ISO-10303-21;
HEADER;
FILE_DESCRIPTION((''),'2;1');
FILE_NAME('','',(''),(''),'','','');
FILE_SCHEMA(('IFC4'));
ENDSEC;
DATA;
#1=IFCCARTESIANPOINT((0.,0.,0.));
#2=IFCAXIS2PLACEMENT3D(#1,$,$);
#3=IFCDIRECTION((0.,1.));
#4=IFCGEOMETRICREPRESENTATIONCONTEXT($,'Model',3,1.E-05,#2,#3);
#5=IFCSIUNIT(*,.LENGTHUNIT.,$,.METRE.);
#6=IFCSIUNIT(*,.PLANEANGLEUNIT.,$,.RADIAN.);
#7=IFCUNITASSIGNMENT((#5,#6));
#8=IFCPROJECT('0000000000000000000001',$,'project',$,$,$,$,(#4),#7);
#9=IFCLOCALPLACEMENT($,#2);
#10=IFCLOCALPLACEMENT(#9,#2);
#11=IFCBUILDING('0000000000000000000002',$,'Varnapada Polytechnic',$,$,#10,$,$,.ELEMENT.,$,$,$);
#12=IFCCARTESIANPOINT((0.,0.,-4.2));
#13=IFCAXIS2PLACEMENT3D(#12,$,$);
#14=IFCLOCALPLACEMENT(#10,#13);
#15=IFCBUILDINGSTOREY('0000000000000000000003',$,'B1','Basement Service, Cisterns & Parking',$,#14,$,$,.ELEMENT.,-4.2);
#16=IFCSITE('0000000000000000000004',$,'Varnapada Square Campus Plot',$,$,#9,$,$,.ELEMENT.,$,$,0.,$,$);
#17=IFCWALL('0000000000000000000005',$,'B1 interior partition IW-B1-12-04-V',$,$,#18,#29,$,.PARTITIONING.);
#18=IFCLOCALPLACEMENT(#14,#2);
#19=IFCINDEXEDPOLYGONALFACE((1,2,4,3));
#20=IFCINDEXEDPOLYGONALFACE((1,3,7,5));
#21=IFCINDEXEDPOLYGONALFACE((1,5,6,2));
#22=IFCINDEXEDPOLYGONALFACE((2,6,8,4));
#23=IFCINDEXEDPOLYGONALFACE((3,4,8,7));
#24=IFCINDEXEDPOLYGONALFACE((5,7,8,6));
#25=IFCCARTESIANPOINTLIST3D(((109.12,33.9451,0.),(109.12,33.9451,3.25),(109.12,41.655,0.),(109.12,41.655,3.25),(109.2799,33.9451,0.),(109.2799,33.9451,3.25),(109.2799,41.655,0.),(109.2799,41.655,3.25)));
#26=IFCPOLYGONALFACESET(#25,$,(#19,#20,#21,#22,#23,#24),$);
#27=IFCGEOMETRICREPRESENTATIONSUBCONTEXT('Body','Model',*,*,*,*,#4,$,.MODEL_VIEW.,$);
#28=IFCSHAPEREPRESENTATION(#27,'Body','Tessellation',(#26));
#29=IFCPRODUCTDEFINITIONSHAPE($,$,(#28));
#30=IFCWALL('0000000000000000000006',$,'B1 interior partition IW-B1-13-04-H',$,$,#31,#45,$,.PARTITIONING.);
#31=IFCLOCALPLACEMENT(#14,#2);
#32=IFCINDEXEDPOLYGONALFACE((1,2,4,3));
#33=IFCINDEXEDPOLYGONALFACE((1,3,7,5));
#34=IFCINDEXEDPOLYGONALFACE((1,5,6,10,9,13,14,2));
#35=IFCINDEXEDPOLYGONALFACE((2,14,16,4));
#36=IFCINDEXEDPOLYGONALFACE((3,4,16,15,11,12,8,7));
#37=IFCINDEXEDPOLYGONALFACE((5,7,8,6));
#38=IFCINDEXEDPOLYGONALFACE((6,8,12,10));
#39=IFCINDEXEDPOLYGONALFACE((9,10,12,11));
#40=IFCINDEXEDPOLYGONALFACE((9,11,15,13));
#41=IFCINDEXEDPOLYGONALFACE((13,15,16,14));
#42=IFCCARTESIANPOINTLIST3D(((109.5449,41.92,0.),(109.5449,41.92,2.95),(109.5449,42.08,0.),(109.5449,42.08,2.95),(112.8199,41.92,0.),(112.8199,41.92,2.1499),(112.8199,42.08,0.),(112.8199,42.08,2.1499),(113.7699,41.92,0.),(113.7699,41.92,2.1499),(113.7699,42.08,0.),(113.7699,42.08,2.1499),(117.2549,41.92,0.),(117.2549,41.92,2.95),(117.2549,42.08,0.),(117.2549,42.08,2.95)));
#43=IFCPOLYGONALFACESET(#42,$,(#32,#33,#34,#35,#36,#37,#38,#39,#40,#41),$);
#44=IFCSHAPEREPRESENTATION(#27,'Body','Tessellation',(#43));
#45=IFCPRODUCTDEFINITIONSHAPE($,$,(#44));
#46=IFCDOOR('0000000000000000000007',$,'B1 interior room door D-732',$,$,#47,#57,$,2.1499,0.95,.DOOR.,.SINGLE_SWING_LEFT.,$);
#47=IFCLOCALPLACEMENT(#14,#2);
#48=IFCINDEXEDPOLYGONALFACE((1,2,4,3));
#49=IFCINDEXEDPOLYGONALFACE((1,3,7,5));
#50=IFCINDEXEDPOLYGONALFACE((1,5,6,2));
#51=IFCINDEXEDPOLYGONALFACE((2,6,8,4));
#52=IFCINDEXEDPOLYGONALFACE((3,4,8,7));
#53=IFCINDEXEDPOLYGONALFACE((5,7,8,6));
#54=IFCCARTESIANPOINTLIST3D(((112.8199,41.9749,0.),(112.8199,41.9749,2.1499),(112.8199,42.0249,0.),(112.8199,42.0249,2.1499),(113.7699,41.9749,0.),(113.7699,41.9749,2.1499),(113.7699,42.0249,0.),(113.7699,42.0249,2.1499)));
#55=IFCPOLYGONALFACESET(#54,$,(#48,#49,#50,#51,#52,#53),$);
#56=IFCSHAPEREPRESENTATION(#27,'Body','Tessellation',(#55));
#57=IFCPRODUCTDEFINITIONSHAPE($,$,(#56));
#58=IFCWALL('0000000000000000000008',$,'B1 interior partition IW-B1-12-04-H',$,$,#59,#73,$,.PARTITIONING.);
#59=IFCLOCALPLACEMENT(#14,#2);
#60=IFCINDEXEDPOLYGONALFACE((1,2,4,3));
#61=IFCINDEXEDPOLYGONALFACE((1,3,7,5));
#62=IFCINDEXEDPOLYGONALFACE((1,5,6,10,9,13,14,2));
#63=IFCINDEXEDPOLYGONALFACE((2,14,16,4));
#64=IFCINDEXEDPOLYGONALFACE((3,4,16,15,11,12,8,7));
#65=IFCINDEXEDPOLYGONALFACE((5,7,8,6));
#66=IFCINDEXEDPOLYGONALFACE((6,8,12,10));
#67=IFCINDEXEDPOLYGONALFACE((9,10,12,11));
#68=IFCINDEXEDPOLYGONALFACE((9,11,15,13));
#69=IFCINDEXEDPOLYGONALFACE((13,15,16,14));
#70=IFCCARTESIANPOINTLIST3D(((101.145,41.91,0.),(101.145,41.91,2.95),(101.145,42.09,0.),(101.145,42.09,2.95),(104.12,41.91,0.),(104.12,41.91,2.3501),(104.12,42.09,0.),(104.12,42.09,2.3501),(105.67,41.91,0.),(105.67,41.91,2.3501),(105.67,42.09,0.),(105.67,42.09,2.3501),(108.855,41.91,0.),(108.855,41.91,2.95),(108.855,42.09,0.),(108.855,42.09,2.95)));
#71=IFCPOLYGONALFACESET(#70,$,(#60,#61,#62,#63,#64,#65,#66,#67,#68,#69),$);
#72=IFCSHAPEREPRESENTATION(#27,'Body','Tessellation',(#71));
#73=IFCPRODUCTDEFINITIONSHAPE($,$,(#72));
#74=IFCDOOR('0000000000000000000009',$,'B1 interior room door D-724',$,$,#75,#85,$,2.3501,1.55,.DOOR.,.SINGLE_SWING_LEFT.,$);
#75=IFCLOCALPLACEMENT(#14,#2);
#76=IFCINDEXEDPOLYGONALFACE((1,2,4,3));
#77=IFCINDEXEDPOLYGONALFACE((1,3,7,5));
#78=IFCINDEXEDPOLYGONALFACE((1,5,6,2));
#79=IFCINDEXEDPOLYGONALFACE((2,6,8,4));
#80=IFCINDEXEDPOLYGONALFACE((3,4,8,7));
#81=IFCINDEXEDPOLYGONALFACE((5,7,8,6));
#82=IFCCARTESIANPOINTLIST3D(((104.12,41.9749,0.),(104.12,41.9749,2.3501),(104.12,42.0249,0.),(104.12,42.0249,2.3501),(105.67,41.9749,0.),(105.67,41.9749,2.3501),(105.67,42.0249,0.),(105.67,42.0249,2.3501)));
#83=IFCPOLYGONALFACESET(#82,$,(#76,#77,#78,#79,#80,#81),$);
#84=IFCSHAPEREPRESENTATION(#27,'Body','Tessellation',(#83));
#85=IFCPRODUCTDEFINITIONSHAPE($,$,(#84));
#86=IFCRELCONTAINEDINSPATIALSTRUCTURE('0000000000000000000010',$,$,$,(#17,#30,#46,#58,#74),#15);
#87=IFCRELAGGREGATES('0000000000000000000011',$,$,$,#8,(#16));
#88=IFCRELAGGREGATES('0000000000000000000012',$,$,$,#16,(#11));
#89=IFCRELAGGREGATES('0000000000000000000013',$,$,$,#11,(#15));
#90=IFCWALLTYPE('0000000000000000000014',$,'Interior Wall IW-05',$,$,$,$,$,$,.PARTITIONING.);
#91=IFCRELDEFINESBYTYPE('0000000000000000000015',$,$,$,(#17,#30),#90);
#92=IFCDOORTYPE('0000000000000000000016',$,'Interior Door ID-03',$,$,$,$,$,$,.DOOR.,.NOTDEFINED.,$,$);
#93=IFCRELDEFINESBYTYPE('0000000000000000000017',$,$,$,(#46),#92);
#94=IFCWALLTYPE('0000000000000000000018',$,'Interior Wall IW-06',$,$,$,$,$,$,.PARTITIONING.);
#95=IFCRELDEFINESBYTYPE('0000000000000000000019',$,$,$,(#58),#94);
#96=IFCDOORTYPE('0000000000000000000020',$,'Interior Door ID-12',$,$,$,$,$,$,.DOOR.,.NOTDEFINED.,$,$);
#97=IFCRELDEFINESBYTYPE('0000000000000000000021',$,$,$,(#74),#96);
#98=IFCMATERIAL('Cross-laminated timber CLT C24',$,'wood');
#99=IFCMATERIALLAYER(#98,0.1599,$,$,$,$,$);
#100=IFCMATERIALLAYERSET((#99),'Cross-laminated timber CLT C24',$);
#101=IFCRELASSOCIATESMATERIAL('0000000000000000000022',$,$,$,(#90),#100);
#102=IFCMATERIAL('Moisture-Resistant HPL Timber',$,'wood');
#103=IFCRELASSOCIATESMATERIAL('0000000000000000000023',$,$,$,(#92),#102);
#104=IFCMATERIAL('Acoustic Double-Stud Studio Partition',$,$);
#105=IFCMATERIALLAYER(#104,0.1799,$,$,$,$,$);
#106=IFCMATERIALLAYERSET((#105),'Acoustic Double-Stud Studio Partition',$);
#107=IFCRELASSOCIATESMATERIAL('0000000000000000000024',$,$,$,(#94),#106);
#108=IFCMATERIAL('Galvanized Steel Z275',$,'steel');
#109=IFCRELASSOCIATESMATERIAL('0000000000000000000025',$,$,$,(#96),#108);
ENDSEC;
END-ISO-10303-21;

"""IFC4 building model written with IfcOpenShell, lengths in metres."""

from ifc_helpers import new_model, si_unit, direction, frame, frame_2d, origin, place, context, subcontext, project, spatial, rectangle, extrude, material, layer, layer_set, type_object, element, fill, save


model = new_model("IFC4")

# Units and contexts
model_context = context("Model", 3, precision=1e-05, world=origin(), true_north=direction((0.0, 1.0)))
body_context = subcontext(model_context, "Body", "Model", "MODEL_VIEW")
ifc_project = project(units=[si_unit("LENGTHUNIT", "METRE"), si_unit("PLANEANGLEUNIT", "RADIAN")], contexts=[model_context])

# Site, building, storey
site_placement = place(None, origin())
site = spatial("IfcSite", under=ifc_project, at=site_placement, Name="Varnapada Square Campus Plot", CompositionType="ELEMENT", RefElevation=0.0)
building_placement = place(site_placement, origin())
building = spatial("IfcBuilding", under=site, at=building_placement, Name="Varnapada Polytechnic", CompositionType="ELEMENT")
storey_placement = place(building_placement, frame((0.0, 0.0, -4.2)))
storey = spatial("IfcBuildingStorey", under=building, at=storey_placement, Name="B1", Description="Basement Service, Cisterns & Parking", CompositionType="ELEMENT", Elevation=-4.2)

# Wall
ifc_material_1 = material(Name="Cross-laminated timber CLT C24", Category="wood")
ifc_layer_1 = layer(ifc_material_1, 0.1599)
ifc_layer_set_1 = layer_set([ifc_layer_1], Name="Cross-laminated timber CLT C24")
wall_type_1 = type_object("IfcWallType", Name="Interior Wall IW-05", PredefinedType="PARTITIONING", material=ifc_layer_set_1)
wall_1_placement = place(storey_placement, frame((109.2, 33.9451, 0.0), z_axis=(0.0, 0.0, 1.0), x_axis=(0.0, 1.0, 0.0)))
element("IfcWall", 1, at=wall_1_placement, inside=storey, type_object=wall_type_1, Name="B1 interior partition IW-B1-12-04-V", PredefinedType="PARTITIONING", context=body_context, shape_type="SweptSolid", body=[
    extrude(rectangle(XDim=7.71, YDim=0.1599, at=frame_2d((3.855, 0.0))), origin(), (0.0, 0.0, 1.0), 3.25),
])

# Walls, openings, doors
wall_2_placement = place(storey_placement, frame((109.5449, 42.0, 0.0), z_axis=(0.0, 0.0, 1.0), x_axis=(1.0, 0.0, 0.0)))
wall_2 = element("IfcWall", 2, at=wall_2_placement, inside=storey, type_object=wall_type_1, Name="B1 interior partition IW-B1-13-04-H", PredefinedType="PARTITIONING", context=body_context, shape_type="SweptSolid", body=[
    extrude(rectangle(XDim=7.71, YDim=0.1599, at=frame_2d((3.855, 0.0))), origin(), (0.0, 0.0, 1.0), 2.95),
])
opening_1_placement = place(wall_2_placement, frame((3.2749, 0.0, 0.0)))
opening_1 = element("IfcOpeningElement", 3, at=opening_1_placement, cuts=wall_2, PredefinedType="OPENING", context=body_context, shape_type="SweptSolid", body=[
    extrude(rectangle(XDim=0.95, YDim=2.1499, at=frame_2d((0.4751, 1.075))), frame((0.0, 0.0898, 0.0), z_axis=(0.0, -1.0, 0.0), x_axis=(1.0, 0.0, 0.0)), (0.0, 0.0, 1.0), 0.1799),
])
ifc_material_2 = material(Name="Moisture-Resistant HPL Timber", Category="wood")
door_type_1 = type_object("IfcDoorType", Name="Interior Door ID-03", OperationType="NOTDEFINED", PredefinedType="DOOR", material=ifc_material_2)
door_1_placement = place(opening_1_placement, origin())
door_1 = element("IfcDoor", 4, at=door_1_placement, inside=storey, type_object=door_type_1, Name="B1 interior room door D-732", OperationType="SINGLE_SWING_LEFT", OverallHeight=2.1499, OverallWidth=0.95, PredefinedType="DOOR", context=body_context, shape_type="SweptSolid", body=[
    extrude(rectangle(XDim=0.95, YDim=2.1499, at=frame_2d((0.4751, 1.075))), frame((0.0, 0.0249, 0.0), z_axis=(0.0, -1.0, 0.0), x_axis=(1.0, 0.0, 0.0)), (0.0, 0.0, 1.0), 0.05),
])
fill(opening_1, door_1)
ifc_material_3 = material(Name="Acoustic Double-Stud Studio Partition")
ifc_layer_2 = layer(ifc_material_3, 0.1799)
ifc_layer_set_2 = layer_set([ifc_layer_2], Name="Acoustic Double-Stud Studio Partition")
wall_type_2 = type_object("IfcWallType", Name="Interior Wall IW-06", PredefinedType="PARTITIONING", material=ifc_layer_set_2)
wall_3_placement = place(storey_placement, frame((101.145, 42.0, 0.0), z_axis=(0.0, 0.0, 1.0), x_axis=(1.0, 0.0, 0.0)))
wall_3 = element("IfcWall", 5, at=wall_3_placement, inside=storey, type_object=wall_type_2, Name="B1 interior partition IW-B1-12-04-H", PredefinedType="PARTITIONING", context=body_context, shape_type="SweptSolid", body=[
    extrude(rectangle(XDim=7.71, YDim=0.1799, at=frame_2d((3.855, 0.0))), origin(), (0.0, 0.0, 1.0), 2.95),
])
opening_2_placement = place(wall_3_placement, frame((2.9751, 0.0, 0.0)))
opening_2 = element("IfcOpeningElement", 6, at=opening_2_placement, cuts=wall_3, PredefinedType="OPENING", context=body_context, shape_type="SweptSolid", body=[
    extrude(rectangle(XDim=1.55, YDim=2.3501, at=frame_2d((0.7749, 1.175))), frame((0.0, 0.0999, 0.0), z_axis=(0.0, -1.0, 0.0), x_axis=(1.0, 0.0, 0.0)), (0.0, 0.0, 1.0), 0.2),
])
ifc_material_4 = material(Name="Galvanized Steel Z275", Category="steel")
door_type_2 = type_object("IfcDoorType", Name="Interior Door ID-12", OperationType="NOTDEFINED", PredefinedType="DOOR", material=ifc_material_4)
door_2_placement = place(opening_2_placement, origin())
door_2 = element("IfcDoor", 7, at=door_2_placement, inside=storey, type_object=door_type_2, Name="B1 interior room door D-724", OperationType="SINGLE_SWING_LEFT", OverallHeight=2.3501, OverallWidth=1.55, PredefinedType="DOOR", context=body_context, shape_type="SweptSolid", body=[
    extrude(rectangle(XDim=1.55, YDim=2.3501, at=frame_2d((0.7749, 1.175))), frame((0.0, 0.0249, 0.0), z_axis=(0.0, -1.0, 0.0), x_axis=(1.0, 0.0, 0.0)), (0.0, 0.0, 1.0), 0.05),
])
fill(opening_2, door_2)

save(model, "model.ifc")
